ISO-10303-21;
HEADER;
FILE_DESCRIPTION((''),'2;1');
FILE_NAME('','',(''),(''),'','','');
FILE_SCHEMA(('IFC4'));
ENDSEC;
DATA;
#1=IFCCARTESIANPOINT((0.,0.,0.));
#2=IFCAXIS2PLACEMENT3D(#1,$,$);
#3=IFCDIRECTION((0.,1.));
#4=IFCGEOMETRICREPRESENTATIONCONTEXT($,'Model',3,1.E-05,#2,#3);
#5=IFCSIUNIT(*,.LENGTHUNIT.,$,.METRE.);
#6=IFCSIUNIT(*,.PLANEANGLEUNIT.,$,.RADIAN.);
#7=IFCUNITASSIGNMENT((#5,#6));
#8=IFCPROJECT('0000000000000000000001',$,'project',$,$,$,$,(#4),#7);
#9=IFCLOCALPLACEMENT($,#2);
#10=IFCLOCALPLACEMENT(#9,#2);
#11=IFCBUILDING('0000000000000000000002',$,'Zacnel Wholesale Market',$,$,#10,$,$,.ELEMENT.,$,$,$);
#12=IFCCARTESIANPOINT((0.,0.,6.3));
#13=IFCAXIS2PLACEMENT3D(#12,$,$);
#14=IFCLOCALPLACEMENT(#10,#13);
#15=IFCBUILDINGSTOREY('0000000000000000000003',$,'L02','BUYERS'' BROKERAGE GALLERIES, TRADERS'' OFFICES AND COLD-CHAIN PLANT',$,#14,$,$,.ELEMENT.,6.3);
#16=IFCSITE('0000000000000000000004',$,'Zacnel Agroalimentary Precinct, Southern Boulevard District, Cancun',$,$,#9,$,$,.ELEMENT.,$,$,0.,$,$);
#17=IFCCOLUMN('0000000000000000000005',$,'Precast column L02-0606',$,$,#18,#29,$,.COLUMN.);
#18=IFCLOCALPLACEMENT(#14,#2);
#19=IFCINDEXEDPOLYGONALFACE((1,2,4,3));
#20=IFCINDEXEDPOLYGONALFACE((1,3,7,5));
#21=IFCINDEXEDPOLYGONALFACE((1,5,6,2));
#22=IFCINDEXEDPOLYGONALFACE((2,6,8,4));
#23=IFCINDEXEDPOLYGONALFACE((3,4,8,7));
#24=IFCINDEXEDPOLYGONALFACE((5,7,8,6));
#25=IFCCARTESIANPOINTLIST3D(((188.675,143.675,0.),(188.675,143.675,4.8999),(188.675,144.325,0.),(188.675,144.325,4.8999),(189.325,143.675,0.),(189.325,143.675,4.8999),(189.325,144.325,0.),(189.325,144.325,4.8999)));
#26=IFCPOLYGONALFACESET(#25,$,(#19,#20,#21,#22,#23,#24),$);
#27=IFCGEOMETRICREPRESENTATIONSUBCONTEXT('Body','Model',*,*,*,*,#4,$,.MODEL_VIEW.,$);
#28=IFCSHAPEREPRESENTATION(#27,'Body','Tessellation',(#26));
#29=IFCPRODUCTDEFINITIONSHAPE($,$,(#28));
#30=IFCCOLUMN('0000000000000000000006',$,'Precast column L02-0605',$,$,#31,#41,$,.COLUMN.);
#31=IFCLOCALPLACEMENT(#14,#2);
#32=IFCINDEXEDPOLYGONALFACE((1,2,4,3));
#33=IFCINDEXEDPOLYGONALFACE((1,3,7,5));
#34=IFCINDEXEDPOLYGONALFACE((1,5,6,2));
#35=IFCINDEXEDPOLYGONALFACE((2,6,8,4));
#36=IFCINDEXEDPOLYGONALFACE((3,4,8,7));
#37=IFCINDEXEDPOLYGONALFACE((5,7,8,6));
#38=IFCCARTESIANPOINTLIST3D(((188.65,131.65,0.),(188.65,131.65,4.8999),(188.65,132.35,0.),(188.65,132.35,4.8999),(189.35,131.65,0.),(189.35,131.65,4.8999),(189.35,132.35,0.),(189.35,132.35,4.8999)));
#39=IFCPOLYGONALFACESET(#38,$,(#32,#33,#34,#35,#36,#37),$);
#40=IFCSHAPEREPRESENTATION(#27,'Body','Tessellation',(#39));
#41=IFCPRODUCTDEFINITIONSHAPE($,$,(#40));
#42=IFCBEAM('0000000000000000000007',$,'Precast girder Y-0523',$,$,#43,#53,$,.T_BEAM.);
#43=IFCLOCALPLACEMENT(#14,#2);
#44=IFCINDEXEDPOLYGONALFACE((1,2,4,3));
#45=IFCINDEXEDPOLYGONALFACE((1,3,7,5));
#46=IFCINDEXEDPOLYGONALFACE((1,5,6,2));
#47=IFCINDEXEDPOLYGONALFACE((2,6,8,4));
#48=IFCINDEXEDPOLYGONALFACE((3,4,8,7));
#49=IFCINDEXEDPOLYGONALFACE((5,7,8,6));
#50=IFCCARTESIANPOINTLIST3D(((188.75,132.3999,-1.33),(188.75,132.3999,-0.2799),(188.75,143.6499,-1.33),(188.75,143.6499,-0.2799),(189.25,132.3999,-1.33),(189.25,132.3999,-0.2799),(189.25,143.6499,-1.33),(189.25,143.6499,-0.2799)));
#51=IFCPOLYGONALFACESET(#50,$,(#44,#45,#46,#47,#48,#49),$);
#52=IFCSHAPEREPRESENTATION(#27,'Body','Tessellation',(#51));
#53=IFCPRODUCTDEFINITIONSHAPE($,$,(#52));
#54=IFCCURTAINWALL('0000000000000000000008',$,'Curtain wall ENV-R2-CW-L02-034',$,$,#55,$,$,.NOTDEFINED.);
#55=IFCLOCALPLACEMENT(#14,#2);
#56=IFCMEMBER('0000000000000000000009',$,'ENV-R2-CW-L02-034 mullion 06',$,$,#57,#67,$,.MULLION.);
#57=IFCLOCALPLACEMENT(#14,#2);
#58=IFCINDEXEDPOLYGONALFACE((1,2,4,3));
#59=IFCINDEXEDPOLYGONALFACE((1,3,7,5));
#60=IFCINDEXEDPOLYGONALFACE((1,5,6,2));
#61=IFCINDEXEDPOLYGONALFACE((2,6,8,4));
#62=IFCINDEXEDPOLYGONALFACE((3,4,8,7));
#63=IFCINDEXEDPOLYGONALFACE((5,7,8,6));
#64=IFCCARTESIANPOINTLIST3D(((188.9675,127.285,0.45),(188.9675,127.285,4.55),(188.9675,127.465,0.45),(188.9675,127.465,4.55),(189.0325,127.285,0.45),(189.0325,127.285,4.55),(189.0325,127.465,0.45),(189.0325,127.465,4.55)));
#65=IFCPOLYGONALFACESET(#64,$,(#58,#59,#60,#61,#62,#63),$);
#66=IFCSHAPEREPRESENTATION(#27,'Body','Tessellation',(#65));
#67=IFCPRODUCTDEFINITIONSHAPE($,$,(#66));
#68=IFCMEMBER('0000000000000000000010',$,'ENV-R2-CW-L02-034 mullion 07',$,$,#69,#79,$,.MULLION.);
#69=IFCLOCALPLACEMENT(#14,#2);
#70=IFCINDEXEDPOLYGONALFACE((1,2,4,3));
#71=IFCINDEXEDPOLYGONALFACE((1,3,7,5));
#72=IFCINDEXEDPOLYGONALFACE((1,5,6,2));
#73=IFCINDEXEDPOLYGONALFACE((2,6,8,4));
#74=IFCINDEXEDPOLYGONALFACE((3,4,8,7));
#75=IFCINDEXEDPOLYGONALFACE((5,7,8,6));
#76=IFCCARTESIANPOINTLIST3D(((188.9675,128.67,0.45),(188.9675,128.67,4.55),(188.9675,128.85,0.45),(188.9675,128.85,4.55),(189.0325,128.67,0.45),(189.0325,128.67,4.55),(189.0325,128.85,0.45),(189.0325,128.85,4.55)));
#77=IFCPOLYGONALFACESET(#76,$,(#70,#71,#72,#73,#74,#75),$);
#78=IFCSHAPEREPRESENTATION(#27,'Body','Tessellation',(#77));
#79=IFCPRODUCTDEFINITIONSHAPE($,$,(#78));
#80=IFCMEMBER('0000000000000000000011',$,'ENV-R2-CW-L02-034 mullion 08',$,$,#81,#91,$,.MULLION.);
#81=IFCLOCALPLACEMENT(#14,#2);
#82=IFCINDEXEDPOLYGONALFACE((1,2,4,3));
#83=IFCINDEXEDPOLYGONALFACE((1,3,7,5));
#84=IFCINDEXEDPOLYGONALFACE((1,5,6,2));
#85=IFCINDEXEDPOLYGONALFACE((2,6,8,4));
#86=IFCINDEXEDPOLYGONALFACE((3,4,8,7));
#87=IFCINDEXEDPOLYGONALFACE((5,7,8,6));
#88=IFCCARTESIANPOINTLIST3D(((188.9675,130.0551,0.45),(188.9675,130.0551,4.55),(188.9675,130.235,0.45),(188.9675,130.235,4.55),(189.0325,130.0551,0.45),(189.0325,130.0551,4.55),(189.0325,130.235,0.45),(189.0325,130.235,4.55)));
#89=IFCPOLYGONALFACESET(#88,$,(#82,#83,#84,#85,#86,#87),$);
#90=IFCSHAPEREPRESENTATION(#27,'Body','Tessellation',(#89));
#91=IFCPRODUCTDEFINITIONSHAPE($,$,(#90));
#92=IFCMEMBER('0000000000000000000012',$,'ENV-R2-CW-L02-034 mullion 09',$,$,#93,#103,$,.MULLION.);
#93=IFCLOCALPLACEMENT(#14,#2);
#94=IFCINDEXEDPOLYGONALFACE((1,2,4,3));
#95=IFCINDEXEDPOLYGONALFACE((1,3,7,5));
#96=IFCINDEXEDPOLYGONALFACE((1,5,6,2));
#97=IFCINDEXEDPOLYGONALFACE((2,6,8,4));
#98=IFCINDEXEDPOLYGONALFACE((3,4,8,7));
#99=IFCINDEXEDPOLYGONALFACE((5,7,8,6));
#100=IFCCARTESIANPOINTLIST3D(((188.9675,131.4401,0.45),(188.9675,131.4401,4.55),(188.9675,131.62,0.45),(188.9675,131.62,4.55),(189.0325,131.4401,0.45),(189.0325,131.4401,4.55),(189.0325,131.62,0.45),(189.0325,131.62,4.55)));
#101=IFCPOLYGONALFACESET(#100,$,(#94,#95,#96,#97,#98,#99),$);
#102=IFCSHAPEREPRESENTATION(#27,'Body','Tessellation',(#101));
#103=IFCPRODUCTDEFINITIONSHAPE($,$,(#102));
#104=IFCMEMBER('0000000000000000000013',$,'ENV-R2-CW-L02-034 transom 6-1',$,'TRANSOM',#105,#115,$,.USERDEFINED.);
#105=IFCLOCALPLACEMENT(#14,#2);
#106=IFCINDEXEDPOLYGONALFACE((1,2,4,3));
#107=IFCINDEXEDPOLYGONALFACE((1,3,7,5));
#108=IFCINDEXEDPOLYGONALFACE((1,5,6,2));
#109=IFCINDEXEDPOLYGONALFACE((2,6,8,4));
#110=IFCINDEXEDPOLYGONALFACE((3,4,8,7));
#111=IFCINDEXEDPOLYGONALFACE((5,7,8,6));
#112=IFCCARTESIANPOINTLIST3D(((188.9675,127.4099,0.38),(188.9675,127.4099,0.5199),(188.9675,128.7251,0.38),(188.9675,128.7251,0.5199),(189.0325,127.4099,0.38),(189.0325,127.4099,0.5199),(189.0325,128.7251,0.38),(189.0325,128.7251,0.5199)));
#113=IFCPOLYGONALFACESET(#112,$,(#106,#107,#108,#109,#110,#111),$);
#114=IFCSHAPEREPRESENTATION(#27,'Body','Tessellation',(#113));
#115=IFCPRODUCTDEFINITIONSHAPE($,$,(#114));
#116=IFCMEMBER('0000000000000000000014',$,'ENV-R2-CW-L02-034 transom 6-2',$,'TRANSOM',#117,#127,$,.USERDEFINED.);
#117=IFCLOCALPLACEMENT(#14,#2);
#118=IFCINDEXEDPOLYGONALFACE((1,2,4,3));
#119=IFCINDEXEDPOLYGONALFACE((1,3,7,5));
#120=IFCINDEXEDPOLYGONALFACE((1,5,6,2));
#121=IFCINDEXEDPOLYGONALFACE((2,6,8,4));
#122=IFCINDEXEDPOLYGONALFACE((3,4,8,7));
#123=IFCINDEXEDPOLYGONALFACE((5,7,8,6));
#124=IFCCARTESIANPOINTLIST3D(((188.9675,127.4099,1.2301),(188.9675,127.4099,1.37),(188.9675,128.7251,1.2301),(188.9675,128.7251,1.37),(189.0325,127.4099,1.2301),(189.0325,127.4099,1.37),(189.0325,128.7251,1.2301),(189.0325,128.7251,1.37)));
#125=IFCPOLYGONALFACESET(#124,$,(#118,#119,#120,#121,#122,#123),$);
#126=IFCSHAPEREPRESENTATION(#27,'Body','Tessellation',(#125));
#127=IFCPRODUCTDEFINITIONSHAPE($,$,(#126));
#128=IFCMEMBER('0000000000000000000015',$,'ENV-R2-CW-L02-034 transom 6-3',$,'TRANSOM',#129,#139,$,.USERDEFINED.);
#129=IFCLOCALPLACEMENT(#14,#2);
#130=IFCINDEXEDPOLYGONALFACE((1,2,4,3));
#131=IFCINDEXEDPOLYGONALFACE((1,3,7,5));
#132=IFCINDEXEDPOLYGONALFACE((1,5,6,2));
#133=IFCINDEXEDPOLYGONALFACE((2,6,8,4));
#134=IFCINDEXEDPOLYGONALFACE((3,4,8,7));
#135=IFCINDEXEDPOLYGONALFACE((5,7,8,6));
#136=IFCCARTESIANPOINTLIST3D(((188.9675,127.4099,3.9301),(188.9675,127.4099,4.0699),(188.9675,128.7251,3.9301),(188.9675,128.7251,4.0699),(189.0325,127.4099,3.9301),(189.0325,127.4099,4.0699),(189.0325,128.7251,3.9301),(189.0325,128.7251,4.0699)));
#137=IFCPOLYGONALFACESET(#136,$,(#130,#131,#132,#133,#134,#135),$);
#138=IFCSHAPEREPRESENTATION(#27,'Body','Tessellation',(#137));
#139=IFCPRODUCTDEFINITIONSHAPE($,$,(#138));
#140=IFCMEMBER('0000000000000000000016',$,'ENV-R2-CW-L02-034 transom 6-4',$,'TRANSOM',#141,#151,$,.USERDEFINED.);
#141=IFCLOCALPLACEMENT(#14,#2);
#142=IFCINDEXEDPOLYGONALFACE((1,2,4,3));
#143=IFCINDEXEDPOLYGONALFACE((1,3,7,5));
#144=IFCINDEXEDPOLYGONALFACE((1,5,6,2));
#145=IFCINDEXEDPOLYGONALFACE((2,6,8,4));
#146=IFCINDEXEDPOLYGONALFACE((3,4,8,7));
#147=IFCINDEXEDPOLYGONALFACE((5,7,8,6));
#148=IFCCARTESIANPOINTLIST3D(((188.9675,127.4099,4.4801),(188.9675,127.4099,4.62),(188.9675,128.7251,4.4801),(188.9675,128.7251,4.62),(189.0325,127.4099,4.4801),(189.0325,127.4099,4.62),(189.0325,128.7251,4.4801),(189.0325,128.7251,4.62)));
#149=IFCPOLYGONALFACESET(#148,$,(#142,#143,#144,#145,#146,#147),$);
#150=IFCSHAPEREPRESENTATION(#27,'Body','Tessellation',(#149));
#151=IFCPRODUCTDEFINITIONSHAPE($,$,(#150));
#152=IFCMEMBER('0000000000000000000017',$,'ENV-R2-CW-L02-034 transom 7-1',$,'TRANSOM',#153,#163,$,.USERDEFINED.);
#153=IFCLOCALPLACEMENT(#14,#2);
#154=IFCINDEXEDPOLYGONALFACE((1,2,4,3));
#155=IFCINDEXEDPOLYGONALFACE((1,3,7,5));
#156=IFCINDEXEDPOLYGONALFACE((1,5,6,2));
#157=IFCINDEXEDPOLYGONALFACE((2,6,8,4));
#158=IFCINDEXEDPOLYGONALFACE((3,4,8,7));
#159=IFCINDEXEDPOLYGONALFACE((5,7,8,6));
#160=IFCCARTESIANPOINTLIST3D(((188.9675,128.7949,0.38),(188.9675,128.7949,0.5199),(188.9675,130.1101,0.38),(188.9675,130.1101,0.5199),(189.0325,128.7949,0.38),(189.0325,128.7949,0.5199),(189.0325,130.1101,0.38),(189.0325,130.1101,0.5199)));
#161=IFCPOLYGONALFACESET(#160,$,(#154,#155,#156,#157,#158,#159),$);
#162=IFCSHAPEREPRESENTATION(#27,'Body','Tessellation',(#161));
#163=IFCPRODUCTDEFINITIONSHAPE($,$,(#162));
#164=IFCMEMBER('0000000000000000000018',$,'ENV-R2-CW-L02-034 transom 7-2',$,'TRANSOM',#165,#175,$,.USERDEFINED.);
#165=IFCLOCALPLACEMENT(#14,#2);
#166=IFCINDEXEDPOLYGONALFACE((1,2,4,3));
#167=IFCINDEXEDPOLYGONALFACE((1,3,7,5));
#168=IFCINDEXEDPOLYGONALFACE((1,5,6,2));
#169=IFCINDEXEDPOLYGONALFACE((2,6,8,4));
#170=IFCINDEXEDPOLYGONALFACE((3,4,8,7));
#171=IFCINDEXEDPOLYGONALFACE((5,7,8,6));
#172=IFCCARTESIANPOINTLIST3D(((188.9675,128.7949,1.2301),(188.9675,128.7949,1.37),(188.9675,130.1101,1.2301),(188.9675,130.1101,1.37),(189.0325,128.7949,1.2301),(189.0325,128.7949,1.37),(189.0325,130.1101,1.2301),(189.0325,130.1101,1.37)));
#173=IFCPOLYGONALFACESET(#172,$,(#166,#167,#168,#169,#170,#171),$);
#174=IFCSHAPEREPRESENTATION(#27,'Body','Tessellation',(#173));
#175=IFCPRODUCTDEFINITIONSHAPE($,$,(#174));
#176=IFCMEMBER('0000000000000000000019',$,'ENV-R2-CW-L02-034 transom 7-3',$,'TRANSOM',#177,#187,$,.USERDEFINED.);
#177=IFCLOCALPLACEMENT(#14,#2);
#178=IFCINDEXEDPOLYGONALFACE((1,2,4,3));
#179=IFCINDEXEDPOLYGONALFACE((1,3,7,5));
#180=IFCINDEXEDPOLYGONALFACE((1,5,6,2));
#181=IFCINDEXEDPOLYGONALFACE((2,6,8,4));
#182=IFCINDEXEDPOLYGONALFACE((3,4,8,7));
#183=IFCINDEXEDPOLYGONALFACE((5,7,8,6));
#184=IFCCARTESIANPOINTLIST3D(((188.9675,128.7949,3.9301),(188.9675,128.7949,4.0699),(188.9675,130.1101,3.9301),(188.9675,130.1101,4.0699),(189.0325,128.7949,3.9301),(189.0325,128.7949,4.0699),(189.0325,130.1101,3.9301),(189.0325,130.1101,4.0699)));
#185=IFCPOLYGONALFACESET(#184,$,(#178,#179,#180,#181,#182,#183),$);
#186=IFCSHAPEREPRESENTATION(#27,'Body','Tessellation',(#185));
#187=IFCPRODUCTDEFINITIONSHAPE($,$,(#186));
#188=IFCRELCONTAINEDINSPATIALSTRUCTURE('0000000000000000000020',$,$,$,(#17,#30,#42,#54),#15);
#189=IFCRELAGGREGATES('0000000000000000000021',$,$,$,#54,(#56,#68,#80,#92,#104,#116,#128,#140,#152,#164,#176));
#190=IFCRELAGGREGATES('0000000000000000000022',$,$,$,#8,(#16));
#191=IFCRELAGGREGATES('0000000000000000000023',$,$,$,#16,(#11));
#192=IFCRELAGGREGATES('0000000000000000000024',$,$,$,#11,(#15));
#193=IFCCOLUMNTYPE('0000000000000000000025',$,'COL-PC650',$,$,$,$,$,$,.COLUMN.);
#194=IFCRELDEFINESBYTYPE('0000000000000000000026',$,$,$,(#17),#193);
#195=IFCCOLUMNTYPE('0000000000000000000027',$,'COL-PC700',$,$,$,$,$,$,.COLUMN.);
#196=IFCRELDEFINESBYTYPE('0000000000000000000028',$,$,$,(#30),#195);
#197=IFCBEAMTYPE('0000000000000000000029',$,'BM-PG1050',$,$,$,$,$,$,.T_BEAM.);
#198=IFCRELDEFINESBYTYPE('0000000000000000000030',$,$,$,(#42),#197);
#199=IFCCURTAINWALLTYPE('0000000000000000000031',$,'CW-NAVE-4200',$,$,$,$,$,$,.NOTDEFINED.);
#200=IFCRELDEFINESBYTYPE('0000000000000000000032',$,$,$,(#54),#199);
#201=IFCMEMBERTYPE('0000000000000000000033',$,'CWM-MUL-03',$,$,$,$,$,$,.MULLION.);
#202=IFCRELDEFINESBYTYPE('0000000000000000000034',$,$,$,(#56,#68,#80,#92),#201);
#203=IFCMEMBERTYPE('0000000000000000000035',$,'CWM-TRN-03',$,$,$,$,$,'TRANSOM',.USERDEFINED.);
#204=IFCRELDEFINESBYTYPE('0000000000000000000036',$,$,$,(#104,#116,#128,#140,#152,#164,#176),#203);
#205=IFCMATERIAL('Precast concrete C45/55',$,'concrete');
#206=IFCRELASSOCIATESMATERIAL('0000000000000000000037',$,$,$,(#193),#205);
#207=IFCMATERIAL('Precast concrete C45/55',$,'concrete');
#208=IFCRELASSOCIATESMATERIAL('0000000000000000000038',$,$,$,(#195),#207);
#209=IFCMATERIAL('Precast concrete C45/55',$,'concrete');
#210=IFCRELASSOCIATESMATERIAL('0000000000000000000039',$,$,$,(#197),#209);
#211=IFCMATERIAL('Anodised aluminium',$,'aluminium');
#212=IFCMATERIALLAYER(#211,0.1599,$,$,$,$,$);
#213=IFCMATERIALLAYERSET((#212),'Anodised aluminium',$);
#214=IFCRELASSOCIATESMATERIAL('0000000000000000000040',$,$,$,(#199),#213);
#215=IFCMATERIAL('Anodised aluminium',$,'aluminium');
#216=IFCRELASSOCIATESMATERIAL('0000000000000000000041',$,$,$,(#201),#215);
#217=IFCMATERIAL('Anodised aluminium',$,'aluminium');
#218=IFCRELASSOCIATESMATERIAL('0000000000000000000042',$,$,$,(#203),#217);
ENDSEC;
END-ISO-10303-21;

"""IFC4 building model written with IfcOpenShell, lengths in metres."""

from ifc_helpers import new_model, si_unit, direction, frame, origin, origin_2d, place, context, subcontext, project, spatial, rectangle, extrude, material, layer, layer_set, material_profile, profile_set, type_object, element, aggregate, save


model = new_model("IFC4")

# Units and contexts
model_context = context("Model", 3, precision=1e-05, world=origin(), true_north=direction((0.0, 1.0)))
body_context = subcontext(model_context, "Body", "Model", "MODEL_VIEW")
ifc_project = project(units=[si_unit("LENGTHUNIT", "METRE"), si_unit("PLANEANGLEUNIT", "RADIAN")], contexts=[model_context])

# Site, building, storey
site_placement = place(None, origin())
site = spatial("IfcSite", under=ifc_project, at=site_placement, Name="Zacnel Agroalimentary Precinct, Southern Boulevard District, Cancun", CompositionType="ELEMENT", RefElevation=0.0)
building_placement = place(site_placement, origin())
building = spatial("IfcBuilding", under=site, at=building_placement, Name="Zacnel Wholesale Market", CompositionType="ELEMENT")
storey_placement = place(building_placement, frame((0.0, 0.0, 6.3)))
storey = spatial("IfcBuildingStorey", under=building, at=storey_placement, Name="L02", Description="BUYERS' BROKERAGE GALLERIES, TRADERS' OFFICES AND COLD-CHAIN PLANT", CompositionType="ELEMENT", Elevation=6.3)

# Columns
ifc_material_1 = material(Name="Precast concrete C45/55", Category="concrete")
ifc_material_profile_1 = material_profile(ifc_material_1, rectangle(XDim=0.6499, YDim=0.6499, at=origin_2d()), Name="PC 650x650")
ifc_profile_set_1 = profile_set([ifc_material_profile_1], Name="Precast concrete C45/55")
column_type_1 = type_object("IfcColumnType", Name="COL-PC650", PredefinedType="COLUMN", material=ifc_profile_set_1)
column_1_placement = place(storey_placement, frame((189.0, 144.0, 0.0), z_axis=(0.0, 0.0, 1.0), x_axis=(1.0, 0.0, 0.0)))
element("IfcColumn", 1, at=column_1_placement, inside=storey, type_object=column_type_1, Name="Precast column L02-0606", PredefinedType="COLUMN", context=body_context, shape_type="SweptSolid", body=[
    extrude(rectangle(XDim=0.6499, YDim=0.6499, at=origin_2d()), origin(), (0.0, 0.0, 1.0), 4.8999),
])
ifc_material_2 = material(Name="Precast concrete C45/55", Category="concrete")
ifc_material_profile_2 = material_profile(ifc_material_2, rectangle(XDim=0.7, YDim=0.7, at=origin_2d()), Name="PC 700x700")
ifc_profile_set_2 = profile_set([ifc_material_profile_2], Name="Precast concrete C45/55")
column_type_2 = type_object("IfcColumnType", Name="COL-PC700", PredefinedType="COLUMN", material=ifc_profile_set_2)
column_2_placement = place(storey_placement, frame((189.0, 132.0, 0.0), z_axis=(0.0, 0.0, 1.0), x_axis=(1.0, 0.0, 0.0)))
element("IfcColumn", 2, at=column_2_placement, inside=storey, type_object=column_type_2, Name="Precast column L02-0605", PredefinedType="COLUMN", context=body_context, shape_type="SweptSolid", body=[
    extrude(rectangle(XDim=0.7, YDim=0.7, at=origin_2d()), origin(), (0.0, 0.0, 1.0), 4.8999),
])

# Beam
ifc_material_3 = material(Name="Precast concrete C45/55", Category="concrete")
ifc_material_profile_3 = material_profile(ifc_material_3, rectangle(XDim=0.5, YDim=1.05, at=origin_2d()), Name="PG 500x1050")
ifc_profile_set_3 = profile_set([ifc_material_profile_3], Name="Precast concrete C45/55")
beam_type = type_object("IfcBeamType", Name="BM-PG1050", PredefinedType="T_BEAM", material=ifc_profile_set_3)
beam_placement = place(storey_placement, frame((189.0, 132.3999, -0.8049), z_axis=(0.0, 1.0, 0.0), x_axis=(-1.0, 0.0, 0.0)))
element("IfcBeam", 3, at=beam_placement, inside=storey, type_object=beam_type, Name="Precast girder Y-0523", PredefinedType="T_BEAM", context=body_context, shape_type="SweptSolid", body=[
    extrude(rectangle(XDim=0.5, YDim=1.05, at=origin_2d()), origin(), (0.0, 0.0, 1.0), 11.25),
])

# Curtain wall, members
ifc_material_4 = material(Name="Anodised aluminium", Category="aluminium")
ifc_layer_1 = layer(ifc_material_4, 0.1599)
ifc_layer_set_1 = layer_set([ifc_layer_1], Name="Anodised aluminium")
curtain_wall_type = type_object("IfcCurtainWallType", Name="CW-NAVE-4200", PredefinedType="NOTDEFINED", material=ifc_layer_set_1)
curtain_wall_placement = place(storey_placement, origin())
curtain_wall = element("IfcCurtainWall", 4, at=curtain_wall_placement, inside=storey, type_object=curtain_wall_type, Name="Curtain wall ENV-R2-CW-L02-034", PredefinedType="NOTDEFINED")
ifc_material_5 = material(Name="Anodised aluminium", Category="aluminium")
ifc_material_profile_4 = material_profile(ifc_material_5, rectangle(XDim=0.0649, YDim=0.1799, at=origin_2d()), Name="AW-MULLION 65x180")
ifc_profile_set_4 = profile_set([ifc_material_profile_4], Name="Anodised aluminium")
member_type_1 = type_object("IfcMemberType", Name="CWM-MUL-03", PredefinedType="MULLION", material=ifc_profile_set_4)
member_1_placement = place(storey_placement, frame((189.0, 127.375, 0.45), z_axis=(0.0, 0.0, 1.0), x_axis=(1.0, 0.0, 0.0)))
member_1 = element("IfcMember", 5, at=member_1_placement, type_object=member_type_1, Name="ENV-R2-CW-L02-034 mullion 06", PredefinedType="MULLION", context=body_context, shape_type="SweptSolid", body=[
    extrude(rectangle(XDim=0.0649, YDim=0.1799, at=origin_2d()), origin(), (0.0, 0.0, 1.0), 4.1001),
])
member_2_placement = place(storey_placement, frame((189.0, 128.76, 0.45), z_axis=(0.0, 0.0, 1.0), x_axis=(1.0, 0.0, 0.0)))
member_2 = element("IfcMember", 6, at=member_2_placement, type_object=member_type_1, Name="ENV-R2-CW-L02-034 mullion 07", PredefinedType="MULLION", context=body_context, shape_type="SweptSolid", body=[
    extrude(rectangle(XDim=0.0649, YDim=0.1799, at=origin_2d()), origin(), (0.0, 0.0, 1.0), 4.1001),
])
member_3_placement = place(storey_placement, frame((189.0, 130.145, 0.45), z_axis=(0.0, 0.0, 1.0), x_axis=(1.0, 0.0, 0.0)))
member_3 = element("IfcMember", 7, at=member_3_placement, type_object=member_type_1, Name="ENV-R2-CW-L02-034 mullion 08", PredefinedType="MULLION", context=body_context, shape_type="SweptSolid", body=[
    extrude(rectangle(XDim=0.0649, YDim=0.1799, at=origin_2d()), origin(), (0.0, 0.0, 1.0), 4.1001),
])
member_4_placement = place(storey_placement, frame((189.0, 131.53, 0.45), z_axis=(0.0, 0.0, 1.0), x_axis=(1.0, 0.0, 0.0)))
member_4 = element("IfcMember", 8, at=member_4_placement, type_object=member_type_1, Name="ENV-R2-CW-L02-034 mullion 09", PredefinedType="MULLION", context=body_context, shape_type="SweptSolid", body=[
    extrude(rectangle(XDim=0.0649, YDim=0.1799, at=origin_2d()), origin(), (0.0, 0.0, 1.0), 4.1001),
])
ifc_material_6 = material(Name="Anodised aluminium", Category="aluminium")
ifc_material_profile_5 = material_profile(ifc_material_6, rectangle(XDim=0.0649, YDim=0.1399, at=origin_2d()), Name="AW-TRANSOM 65x140")
ifc_profile_set_5 = profile_set([ifc_material_profile_5], Name="Anodised aluminium")
member_type_2 = type_object("IfcMemberType", Name="CWM-TRN-03", ElementType="TRANSOM", PredefinedType="USERDEFINED", material=ifc_profile_set_5)
member_5_placement = place(storey_placement, frame((189.0, 127.4099, 0.45), z_axis=(0.0, 1.0, 0.0), x_axis=(-1.0, 0.0, 0.0)))
member_5 = element("IfcMember", 9, at=member_5_placement, type_object=member_type_2, Name="ENV-R2-CW-L02-034 transom 6-1", ObjectType="TRANSOM", PredefinedType="USERDEFINED", context=body_context, shape_type="SweptSolid", body=[
    extrude(rectangle(XDim=0.0649, YDim=0.1399, at=origin_2d()), origin(), (0.0, 0.0, 1.0), 1.3152),
])
member_6_placement = place(storey_placement, frame((189.0, 127.4099, 1.3), z_axis=(0.0, 1.0, 0.0), x_axis=(-1.0, 0.0, 0.0)))
member_6 = element("IfcMember", 10, at=member_6_placement, type_object=member_type_2, Name="ENV-R2-CW-L02-034 transom 6-2", ObjectType="TRANSOM", PredefinedType="USERDEFINED", context=body_context, shape_type="SweptSolid", body=[
    extrude(rectangle(XDim=0.0649, YDim=0.1399, at=origin_2d()), origin(), (0.0, 0.0, 1.0), 1.3152),
])
member_7_placement = place(storey_placement, frame((189.0, 127.4099, 4.0), z_axis=(0.0, 1.0, 0.0), x_axis=(-1.0, 0.0, 0.0)))
member_7 = element("IfcMember", 11, at=member_7_placement, type_object=member_type_2, Name="ENV-R2-CW-L02-034 transom 6-3", ObjectType="TRANSOM", PredefinedType="USERDEFINED", context=body_context, shape_type="SweptSolid", body=[
    extrude(rectangle(XDim=0.0649, YDim=0.1399, at=origin_2d()), origin(), (0.0, 0.0, 1.0), 1.3152),
])
member_8_placement = place(storey_placement, frame((189.0, 127.4099, 4.55), z_axis=(0.0, 1.0, 0.0), x_axis=(-1.0, 0.0, 0.0)))
member_8 = element("IfcMember", 12, at=member_8_placement, type_object=member_type_2, Name="ENV-R2-CW-L02-034 transom 6-4", ObjectType="TRANSOM", PredefinedType="USERDEFINED", context=body_context, shape_type="SweptSolid", body=[
    extrude(rectangle(XDim=0.0649, YDim=0.1399, at=origin_2d()), origin(), (0.0, 0.0, 1.0), 1.3152),
])
member_9_placement = place(storey_placement, frame((189.0, 128.7949, 0.45), z_axis=(0.0, 1.0, 0.0), x_axis=(-1.0, 0.0, 0.0)))
member_9 = element("IfcMember", 13, at=member_9_placement, type_object=member_type_2, Name="ENV-R2-CW-L02-034 transom 7-1", ObjectType="TRANSOM", PredefinedType="USERDEFINED", context=body_context, shape_type="SweptSolid", body=[
    extrude(rectangle(XDim=0.0649, YDim=0.1399, at=origin_2d()), origin(), (0.0, 0.0, 1.0), 1.3152),
])
member_10_placement = place(storey_placement, frame((189.0, 128.7949, 1.3), z_axis=(0.0, 1.0, 0.0), x_axis=(-1.0, 0.0, 0.0)))
member_10 = element("IfcMember", 14, at=member_10_placement, type_object=member_type_2, Name="ENV-R2-CW-L02-034 transom 7-2", ObjectType="TRANSOM", PredefinedType="USERDEFINED", context=body_context, shape_type="SweptSolid", body=[
    extrude(rectangle(XDim=0.0649, YDim=0.1399, at=origin_2d()), origin(), (0.0, 0.0, 1.0), 1.3152),
])
member_11_placement = place(storey_placement, frame((189.0, 128.7949, 4.0), z_axis=(0.0, 1.0, 0.0), x_axis=(-1.0, 0.0, 0.0)))
member_11 = element("IfcMember", 15, at=member_11_placement, type_object=member_type_2, Name="ENV-R2-CW-L02-034 transom 7-3", ObjectType="TRANSOM", PredefinedType="USERDEFINED", context=body_context, shape_type="SweptSolid", body=[
    extrude(rectangle(XDim=0.0649, YDim=0.1399, at=origin_2d()), origin(), (0.0, 0.0, 1.0), 1.3152),
])
aggregate(curtain_wall, [member_1, member_2, member_3, member_4, member_5, member_6, member_7, member_8, member_9, member_10, member_11])

save(model, "model.ifc")
